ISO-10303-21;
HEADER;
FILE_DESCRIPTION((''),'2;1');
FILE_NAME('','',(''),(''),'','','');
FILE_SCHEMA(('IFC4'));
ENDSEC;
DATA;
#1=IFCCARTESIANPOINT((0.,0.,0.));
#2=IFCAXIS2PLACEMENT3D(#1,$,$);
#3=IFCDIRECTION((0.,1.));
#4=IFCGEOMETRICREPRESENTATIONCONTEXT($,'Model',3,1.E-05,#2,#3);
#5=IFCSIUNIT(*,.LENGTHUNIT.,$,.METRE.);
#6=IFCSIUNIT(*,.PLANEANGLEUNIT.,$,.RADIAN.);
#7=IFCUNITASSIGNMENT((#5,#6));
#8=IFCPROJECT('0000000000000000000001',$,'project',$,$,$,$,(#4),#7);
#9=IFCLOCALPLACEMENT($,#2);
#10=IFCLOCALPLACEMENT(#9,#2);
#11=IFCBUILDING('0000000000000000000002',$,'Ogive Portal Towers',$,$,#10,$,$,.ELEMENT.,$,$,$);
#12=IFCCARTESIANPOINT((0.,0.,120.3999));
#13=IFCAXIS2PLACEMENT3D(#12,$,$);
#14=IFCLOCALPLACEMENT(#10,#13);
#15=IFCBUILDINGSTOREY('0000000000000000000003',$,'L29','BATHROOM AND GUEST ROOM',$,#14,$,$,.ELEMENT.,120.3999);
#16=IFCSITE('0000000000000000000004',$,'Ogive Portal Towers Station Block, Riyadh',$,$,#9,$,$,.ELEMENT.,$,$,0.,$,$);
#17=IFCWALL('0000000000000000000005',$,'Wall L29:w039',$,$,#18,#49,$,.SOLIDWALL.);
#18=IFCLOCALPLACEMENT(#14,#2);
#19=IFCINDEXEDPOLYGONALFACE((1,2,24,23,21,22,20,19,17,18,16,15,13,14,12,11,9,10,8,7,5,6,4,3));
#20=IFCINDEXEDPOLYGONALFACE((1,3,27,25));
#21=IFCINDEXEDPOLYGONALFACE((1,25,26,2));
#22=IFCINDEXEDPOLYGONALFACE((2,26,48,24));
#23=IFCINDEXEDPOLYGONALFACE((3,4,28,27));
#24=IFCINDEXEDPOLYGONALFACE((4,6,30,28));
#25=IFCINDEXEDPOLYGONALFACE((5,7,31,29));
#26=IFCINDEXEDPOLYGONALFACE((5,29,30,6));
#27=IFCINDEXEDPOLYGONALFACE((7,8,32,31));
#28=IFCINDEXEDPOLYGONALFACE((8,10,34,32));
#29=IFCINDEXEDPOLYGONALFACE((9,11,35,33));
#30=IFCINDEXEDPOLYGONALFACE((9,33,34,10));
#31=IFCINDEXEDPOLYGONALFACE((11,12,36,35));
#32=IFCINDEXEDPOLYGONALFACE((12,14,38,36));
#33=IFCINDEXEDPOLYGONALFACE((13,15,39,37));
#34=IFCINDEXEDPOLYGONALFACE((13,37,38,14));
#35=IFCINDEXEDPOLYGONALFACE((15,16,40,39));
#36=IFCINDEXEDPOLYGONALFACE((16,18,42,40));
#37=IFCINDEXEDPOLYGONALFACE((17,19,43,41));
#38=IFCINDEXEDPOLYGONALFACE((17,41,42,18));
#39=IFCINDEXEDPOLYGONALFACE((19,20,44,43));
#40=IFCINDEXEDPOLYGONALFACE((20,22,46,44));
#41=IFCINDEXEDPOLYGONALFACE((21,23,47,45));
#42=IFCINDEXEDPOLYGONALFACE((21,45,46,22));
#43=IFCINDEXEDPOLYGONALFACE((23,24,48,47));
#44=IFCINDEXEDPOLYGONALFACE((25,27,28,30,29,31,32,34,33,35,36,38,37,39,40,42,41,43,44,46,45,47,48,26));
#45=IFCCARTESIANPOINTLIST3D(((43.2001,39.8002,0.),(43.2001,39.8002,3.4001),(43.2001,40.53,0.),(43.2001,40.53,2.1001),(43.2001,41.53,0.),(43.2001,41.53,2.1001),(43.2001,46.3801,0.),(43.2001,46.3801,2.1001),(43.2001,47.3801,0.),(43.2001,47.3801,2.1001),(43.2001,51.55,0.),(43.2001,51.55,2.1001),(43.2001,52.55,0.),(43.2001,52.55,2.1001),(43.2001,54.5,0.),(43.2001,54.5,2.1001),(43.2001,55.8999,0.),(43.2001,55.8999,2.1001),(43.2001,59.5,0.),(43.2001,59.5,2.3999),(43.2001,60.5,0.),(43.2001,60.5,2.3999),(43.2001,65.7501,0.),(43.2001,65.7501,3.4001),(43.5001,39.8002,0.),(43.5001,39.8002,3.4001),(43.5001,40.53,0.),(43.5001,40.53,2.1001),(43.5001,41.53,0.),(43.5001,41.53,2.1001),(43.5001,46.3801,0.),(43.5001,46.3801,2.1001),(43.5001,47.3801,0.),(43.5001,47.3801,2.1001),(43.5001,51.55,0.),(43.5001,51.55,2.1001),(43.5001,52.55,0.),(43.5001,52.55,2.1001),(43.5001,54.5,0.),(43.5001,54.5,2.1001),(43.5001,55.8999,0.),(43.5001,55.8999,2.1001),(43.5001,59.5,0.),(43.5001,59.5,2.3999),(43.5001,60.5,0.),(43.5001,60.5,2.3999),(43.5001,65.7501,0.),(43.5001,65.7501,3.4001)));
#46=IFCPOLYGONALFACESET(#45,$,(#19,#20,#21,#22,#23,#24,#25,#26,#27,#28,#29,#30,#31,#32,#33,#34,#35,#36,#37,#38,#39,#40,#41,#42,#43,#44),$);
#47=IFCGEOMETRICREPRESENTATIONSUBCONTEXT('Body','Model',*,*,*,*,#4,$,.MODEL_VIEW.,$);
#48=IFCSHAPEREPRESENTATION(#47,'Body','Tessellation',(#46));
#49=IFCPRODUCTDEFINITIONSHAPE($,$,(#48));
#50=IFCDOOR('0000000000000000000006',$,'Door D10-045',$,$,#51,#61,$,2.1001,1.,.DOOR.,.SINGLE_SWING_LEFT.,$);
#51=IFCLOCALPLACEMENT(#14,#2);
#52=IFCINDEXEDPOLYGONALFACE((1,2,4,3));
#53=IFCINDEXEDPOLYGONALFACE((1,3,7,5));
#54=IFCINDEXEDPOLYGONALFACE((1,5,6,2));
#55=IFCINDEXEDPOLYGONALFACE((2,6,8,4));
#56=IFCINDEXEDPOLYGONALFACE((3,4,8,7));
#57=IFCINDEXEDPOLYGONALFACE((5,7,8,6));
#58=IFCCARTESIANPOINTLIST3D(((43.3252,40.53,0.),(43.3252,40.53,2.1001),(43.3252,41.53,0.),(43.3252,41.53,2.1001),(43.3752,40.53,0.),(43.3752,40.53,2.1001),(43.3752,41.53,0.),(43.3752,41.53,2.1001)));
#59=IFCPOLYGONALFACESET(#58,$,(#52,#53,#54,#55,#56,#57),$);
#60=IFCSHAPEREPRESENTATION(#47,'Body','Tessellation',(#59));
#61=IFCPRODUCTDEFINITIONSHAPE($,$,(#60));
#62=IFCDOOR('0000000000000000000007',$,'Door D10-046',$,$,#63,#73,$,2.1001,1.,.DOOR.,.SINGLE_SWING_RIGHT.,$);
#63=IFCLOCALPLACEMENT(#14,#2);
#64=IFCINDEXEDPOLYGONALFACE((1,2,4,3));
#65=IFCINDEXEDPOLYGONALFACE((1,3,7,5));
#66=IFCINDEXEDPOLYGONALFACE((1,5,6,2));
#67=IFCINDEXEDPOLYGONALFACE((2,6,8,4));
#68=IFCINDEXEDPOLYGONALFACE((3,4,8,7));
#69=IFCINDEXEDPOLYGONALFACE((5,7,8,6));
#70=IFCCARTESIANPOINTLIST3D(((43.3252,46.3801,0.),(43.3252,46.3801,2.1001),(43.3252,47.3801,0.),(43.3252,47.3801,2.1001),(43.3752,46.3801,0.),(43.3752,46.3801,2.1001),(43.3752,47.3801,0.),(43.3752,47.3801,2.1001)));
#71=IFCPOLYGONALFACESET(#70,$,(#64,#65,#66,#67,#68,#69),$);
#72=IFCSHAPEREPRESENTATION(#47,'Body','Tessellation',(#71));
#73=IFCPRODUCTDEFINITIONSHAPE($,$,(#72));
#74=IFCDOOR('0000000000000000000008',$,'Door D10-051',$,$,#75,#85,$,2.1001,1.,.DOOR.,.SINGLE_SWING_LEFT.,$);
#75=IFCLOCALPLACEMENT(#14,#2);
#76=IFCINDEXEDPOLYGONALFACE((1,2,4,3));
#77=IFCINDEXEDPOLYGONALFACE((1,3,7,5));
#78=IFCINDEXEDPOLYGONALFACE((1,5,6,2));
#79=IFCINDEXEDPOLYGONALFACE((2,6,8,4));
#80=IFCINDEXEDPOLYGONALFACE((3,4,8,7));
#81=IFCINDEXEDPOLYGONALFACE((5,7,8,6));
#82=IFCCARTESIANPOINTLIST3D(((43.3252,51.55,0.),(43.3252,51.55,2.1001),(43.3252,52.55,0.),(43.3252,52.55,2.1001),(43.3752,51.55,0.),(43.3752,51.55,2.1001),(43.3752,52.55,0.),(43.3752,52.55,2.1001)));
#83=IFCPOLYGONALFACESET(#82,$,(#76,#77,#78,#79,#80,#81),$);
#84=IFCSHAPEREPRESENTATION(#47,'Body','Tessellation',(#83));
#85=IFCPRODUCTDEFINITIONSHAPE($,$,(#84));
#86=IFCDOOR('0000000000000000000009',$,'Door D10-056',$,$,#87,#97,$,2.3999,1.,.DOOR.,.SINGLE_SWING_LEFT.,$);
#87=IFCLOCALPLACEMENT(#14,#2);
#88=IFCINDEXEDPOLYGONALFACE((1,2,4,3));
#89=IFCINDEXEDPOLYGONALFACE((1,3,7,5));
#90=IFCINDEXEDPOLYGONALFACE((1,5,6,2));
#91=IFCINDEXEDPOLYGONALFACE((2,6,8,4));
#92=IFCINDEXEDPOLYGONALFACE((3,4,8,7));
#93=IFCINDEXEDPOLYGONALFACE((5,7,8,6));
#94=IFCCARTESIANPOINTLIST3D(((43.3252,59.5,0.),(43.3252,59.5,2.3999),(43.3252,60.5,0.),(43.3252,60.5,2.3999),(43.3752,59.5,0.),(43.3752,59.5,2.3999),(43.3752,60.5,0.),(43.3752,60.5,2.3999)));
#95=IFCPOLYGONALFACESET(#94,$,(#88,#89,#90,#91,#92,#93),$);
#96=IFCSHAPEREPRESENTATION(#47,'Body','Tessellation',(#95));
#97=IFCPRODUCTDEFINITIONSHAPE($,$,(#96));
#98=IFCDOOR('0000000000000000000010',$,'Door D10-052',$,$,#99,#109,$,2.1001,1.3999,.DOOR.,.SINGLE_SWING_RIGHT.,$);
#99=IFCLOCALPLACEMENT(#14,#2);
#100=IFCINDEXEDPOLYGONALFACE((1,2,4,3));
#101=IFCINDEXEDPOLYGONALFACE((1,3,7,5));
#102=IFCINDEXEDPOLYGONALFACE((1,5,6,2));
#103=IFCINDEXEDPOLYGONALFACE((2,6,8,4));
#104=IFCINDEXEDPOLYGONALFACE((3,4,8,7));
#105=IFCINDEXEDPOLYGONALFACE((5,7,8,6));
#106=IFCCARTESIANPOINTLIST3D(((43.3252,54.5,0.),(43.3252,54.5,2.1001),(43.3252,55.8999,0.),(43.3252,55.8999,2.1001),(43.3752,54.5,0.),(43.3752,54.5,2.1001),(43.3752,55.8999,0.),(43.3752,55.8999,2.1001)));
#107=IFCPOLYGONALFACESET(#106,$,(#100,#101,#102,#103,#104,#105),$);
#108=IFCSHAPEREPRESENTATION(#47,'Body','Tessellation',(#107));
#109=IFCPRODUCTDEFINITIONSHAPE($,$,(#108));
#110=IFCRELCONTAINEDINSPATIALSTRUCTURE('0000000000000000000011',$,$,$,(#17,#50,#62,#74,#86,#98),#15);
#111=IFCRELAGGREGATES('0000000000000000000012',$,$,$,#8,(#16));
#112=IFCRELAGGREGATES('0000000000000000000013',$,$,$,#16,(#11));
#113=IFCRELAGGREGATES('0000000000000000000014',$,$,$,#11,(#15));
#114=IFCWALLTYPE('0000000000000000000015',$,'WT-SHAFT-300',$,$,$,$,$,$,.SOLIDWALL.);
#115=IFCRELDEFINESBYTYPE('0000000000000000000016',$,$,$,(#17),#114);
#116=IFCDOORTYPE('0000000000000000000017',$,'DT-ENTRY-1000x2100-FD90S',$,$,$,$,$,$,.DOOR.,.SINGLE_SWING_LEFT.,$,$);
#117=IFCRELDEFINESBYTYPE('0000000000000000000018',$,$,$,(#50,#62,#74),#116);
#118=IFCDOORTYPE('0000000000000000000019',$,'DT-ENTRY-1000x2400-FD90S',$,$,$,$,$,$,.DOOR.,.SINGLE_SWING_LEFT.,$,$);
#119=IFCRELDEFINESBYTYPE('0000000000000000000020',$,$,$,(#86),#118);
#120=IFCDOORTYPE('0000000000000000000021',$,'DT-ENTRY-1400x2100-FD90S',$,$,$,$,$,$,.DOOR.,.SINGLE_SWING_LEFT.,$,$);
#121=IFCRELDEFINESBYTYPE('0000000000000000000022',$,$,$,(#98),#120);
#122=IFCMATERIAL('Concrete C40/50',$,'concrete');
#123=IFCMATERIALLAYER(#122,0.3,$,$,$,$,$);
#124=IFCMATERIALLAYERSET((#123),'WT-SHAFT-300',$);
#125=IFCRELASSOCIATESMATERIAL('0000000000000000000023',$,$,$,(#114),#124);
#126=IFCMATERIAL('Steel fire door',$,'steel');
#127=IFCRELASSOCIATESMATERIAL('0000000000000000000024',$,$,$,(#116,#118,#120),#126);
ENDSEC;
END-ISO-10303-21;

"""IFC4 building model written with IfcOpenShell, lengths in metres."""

from ifc_helpers import new_model, si_unit, direction, frame, frame_2d, origin, place, context, subcontext, project, spatial, rectangle, extrude, material, layer, layer_set, type_object, element, fill, save


model = new_model("IFC4")

# Units and contexts
model_context = context("Model", 3, precision=1e-05, world=origin(), true_north=direction((0.0, 1.0)))
body_context = subcontext(model_context, "Body", "Model", "MODEL_VIEW")
ifc_project = project(units=[si_unit("LENGTHUNIT", "METRE"), si_unit("PLANEANGLEUNIT", "RADIAN")], contexts=[model_context])

# Site, building, storey
site_placement = place(None, origin())
site = spatial("IfcSite", under=ifc_project, at=site_placement, Name="Ogive Portal Towers Station Block, Riyadh", CompositionType="ELEMENT", RefElevation=0.0)
building_placement = place(site_placement, origin())
building = spatial("IfcBuilding", under=site, at=building_placement, Name="Ogive Portal Towers", CompositionType="ELEMENT")
storey_placement = place(building_placement, frame((0.0, 0.0, 120.3999)))
storey = spatial("IfcBuildingStorey", under=building, at=storey_placement, Name="L29", Description="BATHROOM AND GUEST ROOM", CompositionType="ELEMENT", Elevation=120.3999)

# Shared definitions
ifc_material_1 = material(Name="Steel fire door", Category="steel")

# Wall, openings, doors
ifc_material_2 = material(Name="Concrete C40/50", Category="concrete")
ifc_layer_1 = layer(ifc_material_2, 0.3)
ifc_layer_set_1 = layer_set([ifc_layer_1], Name="WT-SHAFT-300")
wall_type_1 = type_object("IfcWallType", Name="WT-SHAFT-300", PredefinedType="SOLIDWALL", material=ifc_layer_set_1)
wall_1_placement = place(storey_placement, frame((43.3501, 39.8, 0.0), z_axis=(0.0, 0.0, 1.0), x_axis=(0.0, 1.0, 0.0)))
wall_1 = element("IfcWall", 1, at=wall_1_placement, inside=storey, type_object=wall_type_1, Name="Wall L29:w039", PredefinedType="SOLIDWALL", context=body_context, shape_type="SweptSolid", body=[
    extrude(rectangle(XDim=25.95, YDim=0.3, at=frame_2d((12.9751, 0.0))), origin(), (0.0, 0.0, 1.0), 3.4001),
])
opening_1_placement = place(wall_1_placement, frame((0.73, 0.0, 0.0)))
opening_1 = element("IfcOpeningElement", 2, at=opening_1_placement, cuts=wall_1, PredefinedType="OPENING", context=body_context, shape_type="SweptSolid", body=[
    extrude(rectangle(XDim=1.0, YDim=2.1001, at=frame_2d((0.5, 1.05))), frame((0.0, 0.1602, 0.0), z_axis=(0.0, -1.0, 0.0), x_axis=(1.0, 0.0, 0.0)), (0.0, 0.0, 1.0), 0.3201),
])
opening_2_placement = place(wall_1_placement, frame((6.5801, 0.0, 0.0)))
opening_2 = element("IfcOpeningElement", 3, at=opening_2_placement, cuts=wall_1, PredefinedType="OPENING", context=body_context, shape_type="SweptSolid", body=[
    extrude(rectangle(XDim=1.0, YDim=2.1001, at=frame_2d((0.5, 1.05))), frame((0.0, 0.1602, 0.0), z_axis=(0.0, -1.0, 0.0), x_axis=(1.0, 0.0, 0.0)), (0.0, 0.0, 1.0), 0.3201),
])
opening_3_placement = place(wall_1_placement, frame((11.75, 0.0, 0.0)))
opening_3 = element("IfcOpeningElement", 4, at=opening_3_placement, cuts=wall_1, PredefinedType="OPENING", context=body_context, shape_type="SweptSolid", body=[
    extrude(rectangle(XDim=1.0, YDim=2.1001, at=frame_2d((0.5, 1.05))), frame((0.0, 0.1602, 0.0), z_axis=(0.0, -1.0, 0.0), x_axis=(1.0, 0.0, 0.0)), (0.0, 0.0, 1.0), 0.3201),
])
opening_4_placement = place(wall_1_placement, frame((14.7, 0.0, 0.0)))
opening_4 = element("IfcOpeningElement", 5, at=opening_4_placement, cuts=wall_1, PredefinedType="OPENING", context=body_context, shape_type="SweptSolid", body=[
    extrude(rectangle(XDim=1.3999, YDim=2.1001, at=frame_2d((0.7, 1.05))), frame((0.0, 0.1602, 0.0), z_axis=(0.0, -1.0, 0.0), x_axis=(1.0, 0.0, 0.0)), (0.0, 0.0, 1.0), 0.3201),
])
opening_5_placement = place(wall_1_placement, frame((19.7, 0.0, 0.0)))
opening_5 = element("IfcOpeningElement", 6, at=opening_5_placement, cuts=wall_1, PredefinedType="OPENING", context=body_context, shape_type="SweptSolid", body=[
    extrude(rectangle(XDim=1.0, YDim=2.3999, at=frame_2d((0.5, 1.2))), frame((0.0, 0.1602, 0.0), z_axis=(0.0, -1.0, 0.0), x_axis=(1.0, 0.0, 0.0)), (0.0, 0.0, 1.0), 0.3201),
])
door_type_1 = type_object("IfcDoorType", Name="DT-ENTRY-1000x2100-FD90S", OperationType="SINGLE_SWING_LEFT", PredefinedType="DOOR", material=ifc_material_1)
door_1_placement = place(opening_1_placement, origin())
door_1 = element("IfcDoor", 7, at=door_1_placement, inside=storey, type_object=door_type_1, Name="Door D10-045", OperationType="SINGLE_SWING_LEFT", OverallHeight=2.1001, OverallWidth=1.0, PredefinedType="DOOR", context=body_context, shape_type="SweptSolid", body=[
    extrude(rectangle(XDim=1.0, YDim=2.1001, at=frame_2d((0.5, 1.05))), frame((0.0, 0.0249, 0.0), z_axis=(0.0, -1.0, 0.0), x_axis=(1.0, 0.0, 0.0)), (0.0, 0.0, 1.0), 0.05),
])
fill(opening_1, door_1)
door_2_placement = place(opening_2_placement, origin())
door_2 = element("IfcDoor", 8, at=door_2_placement, inside=storey, type_object=door_type_1, Name="Door D10-046", OperationType="SINGLE_SWING_RIGHT", OverallHeight=2.1001, OverallWidth=1.0, PredefinedType="DOOR", context=body_context, shape_type="SweptSolid", body=[
    extrude(rectangle(XDim=1.0, YDim=2.1001, at=frame_2d((0.5, 1.05))), frame((0.0, 0.0249, 0.0), z_axis=(0.0, -1.0, 0.0), x_axis=(1.0, 0.0, 0.0)), (0.0, 0.0, 1.0), 0.05),
])
fill(opening_2, door_2)
door_3_placement = place(opening_3_placement, origin())
door_3 = element("IfcDoor", 9, at=door_3_placement, inside=storey, type_object=door_type_1, Name="Door D10-051", OperationType="SINGLE_SWING_LEFT", OverallHeight=2.1001, OverallWidth=1.0, PredefinedType="DOOR", context=body_context, shape_type="SweptSolid", body=[
    extrude(rectangle(XDim=1.0, YDim=2.1001, at=frame_2d((0.5, 1.05))), frame((0.0, 0.0249, 0.0), z_axis=(0.0, -1.0, 0.0), x_axis=(1.0, 0.0, 0.0)), (0.0, 0.0, 1.0), 0.05),
])
fill(opening_3, door_3)
door_type_2 = type_object("IfcDoorType", Name="DT-ENTRY-1000x2400-FD90S", OperationType="SINGLE_SWING_LEFT", PredefinedType="DOOR", material=ifc_material_1)
door_4_placement = place(opening_5_placement, origin())
door_4 = element("IfcDoor", 10, at=door_4_placement, inside=storey, type_object=door_type_2, Name="Door D10-056", OperationType="SINGLE_SWING_LEFT", OverallHeight=2.3999, OverallWidth=1.0, PredefinedType="DOOR", context=body_context, shape_type="SweptSolid", body=[
    extrude(rectangle(XDim=1.0, YDim=2.3999, at=frame_2d((0.5, 1.2))), frame((0.0, 0.0249, 0.0), z_axis=(0.0, -1.0, 0.0), x_axis=(1.0, 0.0, 0.0)), (0.0, 0.0, 1.0), 0.05),
])
fill(opening_5, door_4)
door_type_3 = type_object("IfcDoorType", Name="DT-ENTRY-1400x2100-FD90S", OperationType="SINGLE_SWING_LEFT", PredefinedType="DOOR", material=ifc_material_1)
door_5_placement = place(opening_4_placement, origin())
door_5 = element("IfcDoor", 11, at=door_5_placement, inside=storey, type_object=door_type_3, Name="Door D10-052", OperationType="SINGLE_SWING_RIGHT", OverallHeight=2.1001, OverallWidth=1.3999, PredefinedType="DOOR", context=body_context, shape_type="SweptSolid", body=[
    extrude(rectangle(XDim=1.3999, YDim=2.1001, at=frame_2d((0.7, 1.05))), frame((0.0, 0.0249, 0.0), z_axis=(0.0, -1.0, 0.0), x_axis=(1.0, 0.0, 0.0)), (0.0, 0.0, 1.0), 0.05),
])
fill(opening_4, door_5)

save(model, "model.ifc")
